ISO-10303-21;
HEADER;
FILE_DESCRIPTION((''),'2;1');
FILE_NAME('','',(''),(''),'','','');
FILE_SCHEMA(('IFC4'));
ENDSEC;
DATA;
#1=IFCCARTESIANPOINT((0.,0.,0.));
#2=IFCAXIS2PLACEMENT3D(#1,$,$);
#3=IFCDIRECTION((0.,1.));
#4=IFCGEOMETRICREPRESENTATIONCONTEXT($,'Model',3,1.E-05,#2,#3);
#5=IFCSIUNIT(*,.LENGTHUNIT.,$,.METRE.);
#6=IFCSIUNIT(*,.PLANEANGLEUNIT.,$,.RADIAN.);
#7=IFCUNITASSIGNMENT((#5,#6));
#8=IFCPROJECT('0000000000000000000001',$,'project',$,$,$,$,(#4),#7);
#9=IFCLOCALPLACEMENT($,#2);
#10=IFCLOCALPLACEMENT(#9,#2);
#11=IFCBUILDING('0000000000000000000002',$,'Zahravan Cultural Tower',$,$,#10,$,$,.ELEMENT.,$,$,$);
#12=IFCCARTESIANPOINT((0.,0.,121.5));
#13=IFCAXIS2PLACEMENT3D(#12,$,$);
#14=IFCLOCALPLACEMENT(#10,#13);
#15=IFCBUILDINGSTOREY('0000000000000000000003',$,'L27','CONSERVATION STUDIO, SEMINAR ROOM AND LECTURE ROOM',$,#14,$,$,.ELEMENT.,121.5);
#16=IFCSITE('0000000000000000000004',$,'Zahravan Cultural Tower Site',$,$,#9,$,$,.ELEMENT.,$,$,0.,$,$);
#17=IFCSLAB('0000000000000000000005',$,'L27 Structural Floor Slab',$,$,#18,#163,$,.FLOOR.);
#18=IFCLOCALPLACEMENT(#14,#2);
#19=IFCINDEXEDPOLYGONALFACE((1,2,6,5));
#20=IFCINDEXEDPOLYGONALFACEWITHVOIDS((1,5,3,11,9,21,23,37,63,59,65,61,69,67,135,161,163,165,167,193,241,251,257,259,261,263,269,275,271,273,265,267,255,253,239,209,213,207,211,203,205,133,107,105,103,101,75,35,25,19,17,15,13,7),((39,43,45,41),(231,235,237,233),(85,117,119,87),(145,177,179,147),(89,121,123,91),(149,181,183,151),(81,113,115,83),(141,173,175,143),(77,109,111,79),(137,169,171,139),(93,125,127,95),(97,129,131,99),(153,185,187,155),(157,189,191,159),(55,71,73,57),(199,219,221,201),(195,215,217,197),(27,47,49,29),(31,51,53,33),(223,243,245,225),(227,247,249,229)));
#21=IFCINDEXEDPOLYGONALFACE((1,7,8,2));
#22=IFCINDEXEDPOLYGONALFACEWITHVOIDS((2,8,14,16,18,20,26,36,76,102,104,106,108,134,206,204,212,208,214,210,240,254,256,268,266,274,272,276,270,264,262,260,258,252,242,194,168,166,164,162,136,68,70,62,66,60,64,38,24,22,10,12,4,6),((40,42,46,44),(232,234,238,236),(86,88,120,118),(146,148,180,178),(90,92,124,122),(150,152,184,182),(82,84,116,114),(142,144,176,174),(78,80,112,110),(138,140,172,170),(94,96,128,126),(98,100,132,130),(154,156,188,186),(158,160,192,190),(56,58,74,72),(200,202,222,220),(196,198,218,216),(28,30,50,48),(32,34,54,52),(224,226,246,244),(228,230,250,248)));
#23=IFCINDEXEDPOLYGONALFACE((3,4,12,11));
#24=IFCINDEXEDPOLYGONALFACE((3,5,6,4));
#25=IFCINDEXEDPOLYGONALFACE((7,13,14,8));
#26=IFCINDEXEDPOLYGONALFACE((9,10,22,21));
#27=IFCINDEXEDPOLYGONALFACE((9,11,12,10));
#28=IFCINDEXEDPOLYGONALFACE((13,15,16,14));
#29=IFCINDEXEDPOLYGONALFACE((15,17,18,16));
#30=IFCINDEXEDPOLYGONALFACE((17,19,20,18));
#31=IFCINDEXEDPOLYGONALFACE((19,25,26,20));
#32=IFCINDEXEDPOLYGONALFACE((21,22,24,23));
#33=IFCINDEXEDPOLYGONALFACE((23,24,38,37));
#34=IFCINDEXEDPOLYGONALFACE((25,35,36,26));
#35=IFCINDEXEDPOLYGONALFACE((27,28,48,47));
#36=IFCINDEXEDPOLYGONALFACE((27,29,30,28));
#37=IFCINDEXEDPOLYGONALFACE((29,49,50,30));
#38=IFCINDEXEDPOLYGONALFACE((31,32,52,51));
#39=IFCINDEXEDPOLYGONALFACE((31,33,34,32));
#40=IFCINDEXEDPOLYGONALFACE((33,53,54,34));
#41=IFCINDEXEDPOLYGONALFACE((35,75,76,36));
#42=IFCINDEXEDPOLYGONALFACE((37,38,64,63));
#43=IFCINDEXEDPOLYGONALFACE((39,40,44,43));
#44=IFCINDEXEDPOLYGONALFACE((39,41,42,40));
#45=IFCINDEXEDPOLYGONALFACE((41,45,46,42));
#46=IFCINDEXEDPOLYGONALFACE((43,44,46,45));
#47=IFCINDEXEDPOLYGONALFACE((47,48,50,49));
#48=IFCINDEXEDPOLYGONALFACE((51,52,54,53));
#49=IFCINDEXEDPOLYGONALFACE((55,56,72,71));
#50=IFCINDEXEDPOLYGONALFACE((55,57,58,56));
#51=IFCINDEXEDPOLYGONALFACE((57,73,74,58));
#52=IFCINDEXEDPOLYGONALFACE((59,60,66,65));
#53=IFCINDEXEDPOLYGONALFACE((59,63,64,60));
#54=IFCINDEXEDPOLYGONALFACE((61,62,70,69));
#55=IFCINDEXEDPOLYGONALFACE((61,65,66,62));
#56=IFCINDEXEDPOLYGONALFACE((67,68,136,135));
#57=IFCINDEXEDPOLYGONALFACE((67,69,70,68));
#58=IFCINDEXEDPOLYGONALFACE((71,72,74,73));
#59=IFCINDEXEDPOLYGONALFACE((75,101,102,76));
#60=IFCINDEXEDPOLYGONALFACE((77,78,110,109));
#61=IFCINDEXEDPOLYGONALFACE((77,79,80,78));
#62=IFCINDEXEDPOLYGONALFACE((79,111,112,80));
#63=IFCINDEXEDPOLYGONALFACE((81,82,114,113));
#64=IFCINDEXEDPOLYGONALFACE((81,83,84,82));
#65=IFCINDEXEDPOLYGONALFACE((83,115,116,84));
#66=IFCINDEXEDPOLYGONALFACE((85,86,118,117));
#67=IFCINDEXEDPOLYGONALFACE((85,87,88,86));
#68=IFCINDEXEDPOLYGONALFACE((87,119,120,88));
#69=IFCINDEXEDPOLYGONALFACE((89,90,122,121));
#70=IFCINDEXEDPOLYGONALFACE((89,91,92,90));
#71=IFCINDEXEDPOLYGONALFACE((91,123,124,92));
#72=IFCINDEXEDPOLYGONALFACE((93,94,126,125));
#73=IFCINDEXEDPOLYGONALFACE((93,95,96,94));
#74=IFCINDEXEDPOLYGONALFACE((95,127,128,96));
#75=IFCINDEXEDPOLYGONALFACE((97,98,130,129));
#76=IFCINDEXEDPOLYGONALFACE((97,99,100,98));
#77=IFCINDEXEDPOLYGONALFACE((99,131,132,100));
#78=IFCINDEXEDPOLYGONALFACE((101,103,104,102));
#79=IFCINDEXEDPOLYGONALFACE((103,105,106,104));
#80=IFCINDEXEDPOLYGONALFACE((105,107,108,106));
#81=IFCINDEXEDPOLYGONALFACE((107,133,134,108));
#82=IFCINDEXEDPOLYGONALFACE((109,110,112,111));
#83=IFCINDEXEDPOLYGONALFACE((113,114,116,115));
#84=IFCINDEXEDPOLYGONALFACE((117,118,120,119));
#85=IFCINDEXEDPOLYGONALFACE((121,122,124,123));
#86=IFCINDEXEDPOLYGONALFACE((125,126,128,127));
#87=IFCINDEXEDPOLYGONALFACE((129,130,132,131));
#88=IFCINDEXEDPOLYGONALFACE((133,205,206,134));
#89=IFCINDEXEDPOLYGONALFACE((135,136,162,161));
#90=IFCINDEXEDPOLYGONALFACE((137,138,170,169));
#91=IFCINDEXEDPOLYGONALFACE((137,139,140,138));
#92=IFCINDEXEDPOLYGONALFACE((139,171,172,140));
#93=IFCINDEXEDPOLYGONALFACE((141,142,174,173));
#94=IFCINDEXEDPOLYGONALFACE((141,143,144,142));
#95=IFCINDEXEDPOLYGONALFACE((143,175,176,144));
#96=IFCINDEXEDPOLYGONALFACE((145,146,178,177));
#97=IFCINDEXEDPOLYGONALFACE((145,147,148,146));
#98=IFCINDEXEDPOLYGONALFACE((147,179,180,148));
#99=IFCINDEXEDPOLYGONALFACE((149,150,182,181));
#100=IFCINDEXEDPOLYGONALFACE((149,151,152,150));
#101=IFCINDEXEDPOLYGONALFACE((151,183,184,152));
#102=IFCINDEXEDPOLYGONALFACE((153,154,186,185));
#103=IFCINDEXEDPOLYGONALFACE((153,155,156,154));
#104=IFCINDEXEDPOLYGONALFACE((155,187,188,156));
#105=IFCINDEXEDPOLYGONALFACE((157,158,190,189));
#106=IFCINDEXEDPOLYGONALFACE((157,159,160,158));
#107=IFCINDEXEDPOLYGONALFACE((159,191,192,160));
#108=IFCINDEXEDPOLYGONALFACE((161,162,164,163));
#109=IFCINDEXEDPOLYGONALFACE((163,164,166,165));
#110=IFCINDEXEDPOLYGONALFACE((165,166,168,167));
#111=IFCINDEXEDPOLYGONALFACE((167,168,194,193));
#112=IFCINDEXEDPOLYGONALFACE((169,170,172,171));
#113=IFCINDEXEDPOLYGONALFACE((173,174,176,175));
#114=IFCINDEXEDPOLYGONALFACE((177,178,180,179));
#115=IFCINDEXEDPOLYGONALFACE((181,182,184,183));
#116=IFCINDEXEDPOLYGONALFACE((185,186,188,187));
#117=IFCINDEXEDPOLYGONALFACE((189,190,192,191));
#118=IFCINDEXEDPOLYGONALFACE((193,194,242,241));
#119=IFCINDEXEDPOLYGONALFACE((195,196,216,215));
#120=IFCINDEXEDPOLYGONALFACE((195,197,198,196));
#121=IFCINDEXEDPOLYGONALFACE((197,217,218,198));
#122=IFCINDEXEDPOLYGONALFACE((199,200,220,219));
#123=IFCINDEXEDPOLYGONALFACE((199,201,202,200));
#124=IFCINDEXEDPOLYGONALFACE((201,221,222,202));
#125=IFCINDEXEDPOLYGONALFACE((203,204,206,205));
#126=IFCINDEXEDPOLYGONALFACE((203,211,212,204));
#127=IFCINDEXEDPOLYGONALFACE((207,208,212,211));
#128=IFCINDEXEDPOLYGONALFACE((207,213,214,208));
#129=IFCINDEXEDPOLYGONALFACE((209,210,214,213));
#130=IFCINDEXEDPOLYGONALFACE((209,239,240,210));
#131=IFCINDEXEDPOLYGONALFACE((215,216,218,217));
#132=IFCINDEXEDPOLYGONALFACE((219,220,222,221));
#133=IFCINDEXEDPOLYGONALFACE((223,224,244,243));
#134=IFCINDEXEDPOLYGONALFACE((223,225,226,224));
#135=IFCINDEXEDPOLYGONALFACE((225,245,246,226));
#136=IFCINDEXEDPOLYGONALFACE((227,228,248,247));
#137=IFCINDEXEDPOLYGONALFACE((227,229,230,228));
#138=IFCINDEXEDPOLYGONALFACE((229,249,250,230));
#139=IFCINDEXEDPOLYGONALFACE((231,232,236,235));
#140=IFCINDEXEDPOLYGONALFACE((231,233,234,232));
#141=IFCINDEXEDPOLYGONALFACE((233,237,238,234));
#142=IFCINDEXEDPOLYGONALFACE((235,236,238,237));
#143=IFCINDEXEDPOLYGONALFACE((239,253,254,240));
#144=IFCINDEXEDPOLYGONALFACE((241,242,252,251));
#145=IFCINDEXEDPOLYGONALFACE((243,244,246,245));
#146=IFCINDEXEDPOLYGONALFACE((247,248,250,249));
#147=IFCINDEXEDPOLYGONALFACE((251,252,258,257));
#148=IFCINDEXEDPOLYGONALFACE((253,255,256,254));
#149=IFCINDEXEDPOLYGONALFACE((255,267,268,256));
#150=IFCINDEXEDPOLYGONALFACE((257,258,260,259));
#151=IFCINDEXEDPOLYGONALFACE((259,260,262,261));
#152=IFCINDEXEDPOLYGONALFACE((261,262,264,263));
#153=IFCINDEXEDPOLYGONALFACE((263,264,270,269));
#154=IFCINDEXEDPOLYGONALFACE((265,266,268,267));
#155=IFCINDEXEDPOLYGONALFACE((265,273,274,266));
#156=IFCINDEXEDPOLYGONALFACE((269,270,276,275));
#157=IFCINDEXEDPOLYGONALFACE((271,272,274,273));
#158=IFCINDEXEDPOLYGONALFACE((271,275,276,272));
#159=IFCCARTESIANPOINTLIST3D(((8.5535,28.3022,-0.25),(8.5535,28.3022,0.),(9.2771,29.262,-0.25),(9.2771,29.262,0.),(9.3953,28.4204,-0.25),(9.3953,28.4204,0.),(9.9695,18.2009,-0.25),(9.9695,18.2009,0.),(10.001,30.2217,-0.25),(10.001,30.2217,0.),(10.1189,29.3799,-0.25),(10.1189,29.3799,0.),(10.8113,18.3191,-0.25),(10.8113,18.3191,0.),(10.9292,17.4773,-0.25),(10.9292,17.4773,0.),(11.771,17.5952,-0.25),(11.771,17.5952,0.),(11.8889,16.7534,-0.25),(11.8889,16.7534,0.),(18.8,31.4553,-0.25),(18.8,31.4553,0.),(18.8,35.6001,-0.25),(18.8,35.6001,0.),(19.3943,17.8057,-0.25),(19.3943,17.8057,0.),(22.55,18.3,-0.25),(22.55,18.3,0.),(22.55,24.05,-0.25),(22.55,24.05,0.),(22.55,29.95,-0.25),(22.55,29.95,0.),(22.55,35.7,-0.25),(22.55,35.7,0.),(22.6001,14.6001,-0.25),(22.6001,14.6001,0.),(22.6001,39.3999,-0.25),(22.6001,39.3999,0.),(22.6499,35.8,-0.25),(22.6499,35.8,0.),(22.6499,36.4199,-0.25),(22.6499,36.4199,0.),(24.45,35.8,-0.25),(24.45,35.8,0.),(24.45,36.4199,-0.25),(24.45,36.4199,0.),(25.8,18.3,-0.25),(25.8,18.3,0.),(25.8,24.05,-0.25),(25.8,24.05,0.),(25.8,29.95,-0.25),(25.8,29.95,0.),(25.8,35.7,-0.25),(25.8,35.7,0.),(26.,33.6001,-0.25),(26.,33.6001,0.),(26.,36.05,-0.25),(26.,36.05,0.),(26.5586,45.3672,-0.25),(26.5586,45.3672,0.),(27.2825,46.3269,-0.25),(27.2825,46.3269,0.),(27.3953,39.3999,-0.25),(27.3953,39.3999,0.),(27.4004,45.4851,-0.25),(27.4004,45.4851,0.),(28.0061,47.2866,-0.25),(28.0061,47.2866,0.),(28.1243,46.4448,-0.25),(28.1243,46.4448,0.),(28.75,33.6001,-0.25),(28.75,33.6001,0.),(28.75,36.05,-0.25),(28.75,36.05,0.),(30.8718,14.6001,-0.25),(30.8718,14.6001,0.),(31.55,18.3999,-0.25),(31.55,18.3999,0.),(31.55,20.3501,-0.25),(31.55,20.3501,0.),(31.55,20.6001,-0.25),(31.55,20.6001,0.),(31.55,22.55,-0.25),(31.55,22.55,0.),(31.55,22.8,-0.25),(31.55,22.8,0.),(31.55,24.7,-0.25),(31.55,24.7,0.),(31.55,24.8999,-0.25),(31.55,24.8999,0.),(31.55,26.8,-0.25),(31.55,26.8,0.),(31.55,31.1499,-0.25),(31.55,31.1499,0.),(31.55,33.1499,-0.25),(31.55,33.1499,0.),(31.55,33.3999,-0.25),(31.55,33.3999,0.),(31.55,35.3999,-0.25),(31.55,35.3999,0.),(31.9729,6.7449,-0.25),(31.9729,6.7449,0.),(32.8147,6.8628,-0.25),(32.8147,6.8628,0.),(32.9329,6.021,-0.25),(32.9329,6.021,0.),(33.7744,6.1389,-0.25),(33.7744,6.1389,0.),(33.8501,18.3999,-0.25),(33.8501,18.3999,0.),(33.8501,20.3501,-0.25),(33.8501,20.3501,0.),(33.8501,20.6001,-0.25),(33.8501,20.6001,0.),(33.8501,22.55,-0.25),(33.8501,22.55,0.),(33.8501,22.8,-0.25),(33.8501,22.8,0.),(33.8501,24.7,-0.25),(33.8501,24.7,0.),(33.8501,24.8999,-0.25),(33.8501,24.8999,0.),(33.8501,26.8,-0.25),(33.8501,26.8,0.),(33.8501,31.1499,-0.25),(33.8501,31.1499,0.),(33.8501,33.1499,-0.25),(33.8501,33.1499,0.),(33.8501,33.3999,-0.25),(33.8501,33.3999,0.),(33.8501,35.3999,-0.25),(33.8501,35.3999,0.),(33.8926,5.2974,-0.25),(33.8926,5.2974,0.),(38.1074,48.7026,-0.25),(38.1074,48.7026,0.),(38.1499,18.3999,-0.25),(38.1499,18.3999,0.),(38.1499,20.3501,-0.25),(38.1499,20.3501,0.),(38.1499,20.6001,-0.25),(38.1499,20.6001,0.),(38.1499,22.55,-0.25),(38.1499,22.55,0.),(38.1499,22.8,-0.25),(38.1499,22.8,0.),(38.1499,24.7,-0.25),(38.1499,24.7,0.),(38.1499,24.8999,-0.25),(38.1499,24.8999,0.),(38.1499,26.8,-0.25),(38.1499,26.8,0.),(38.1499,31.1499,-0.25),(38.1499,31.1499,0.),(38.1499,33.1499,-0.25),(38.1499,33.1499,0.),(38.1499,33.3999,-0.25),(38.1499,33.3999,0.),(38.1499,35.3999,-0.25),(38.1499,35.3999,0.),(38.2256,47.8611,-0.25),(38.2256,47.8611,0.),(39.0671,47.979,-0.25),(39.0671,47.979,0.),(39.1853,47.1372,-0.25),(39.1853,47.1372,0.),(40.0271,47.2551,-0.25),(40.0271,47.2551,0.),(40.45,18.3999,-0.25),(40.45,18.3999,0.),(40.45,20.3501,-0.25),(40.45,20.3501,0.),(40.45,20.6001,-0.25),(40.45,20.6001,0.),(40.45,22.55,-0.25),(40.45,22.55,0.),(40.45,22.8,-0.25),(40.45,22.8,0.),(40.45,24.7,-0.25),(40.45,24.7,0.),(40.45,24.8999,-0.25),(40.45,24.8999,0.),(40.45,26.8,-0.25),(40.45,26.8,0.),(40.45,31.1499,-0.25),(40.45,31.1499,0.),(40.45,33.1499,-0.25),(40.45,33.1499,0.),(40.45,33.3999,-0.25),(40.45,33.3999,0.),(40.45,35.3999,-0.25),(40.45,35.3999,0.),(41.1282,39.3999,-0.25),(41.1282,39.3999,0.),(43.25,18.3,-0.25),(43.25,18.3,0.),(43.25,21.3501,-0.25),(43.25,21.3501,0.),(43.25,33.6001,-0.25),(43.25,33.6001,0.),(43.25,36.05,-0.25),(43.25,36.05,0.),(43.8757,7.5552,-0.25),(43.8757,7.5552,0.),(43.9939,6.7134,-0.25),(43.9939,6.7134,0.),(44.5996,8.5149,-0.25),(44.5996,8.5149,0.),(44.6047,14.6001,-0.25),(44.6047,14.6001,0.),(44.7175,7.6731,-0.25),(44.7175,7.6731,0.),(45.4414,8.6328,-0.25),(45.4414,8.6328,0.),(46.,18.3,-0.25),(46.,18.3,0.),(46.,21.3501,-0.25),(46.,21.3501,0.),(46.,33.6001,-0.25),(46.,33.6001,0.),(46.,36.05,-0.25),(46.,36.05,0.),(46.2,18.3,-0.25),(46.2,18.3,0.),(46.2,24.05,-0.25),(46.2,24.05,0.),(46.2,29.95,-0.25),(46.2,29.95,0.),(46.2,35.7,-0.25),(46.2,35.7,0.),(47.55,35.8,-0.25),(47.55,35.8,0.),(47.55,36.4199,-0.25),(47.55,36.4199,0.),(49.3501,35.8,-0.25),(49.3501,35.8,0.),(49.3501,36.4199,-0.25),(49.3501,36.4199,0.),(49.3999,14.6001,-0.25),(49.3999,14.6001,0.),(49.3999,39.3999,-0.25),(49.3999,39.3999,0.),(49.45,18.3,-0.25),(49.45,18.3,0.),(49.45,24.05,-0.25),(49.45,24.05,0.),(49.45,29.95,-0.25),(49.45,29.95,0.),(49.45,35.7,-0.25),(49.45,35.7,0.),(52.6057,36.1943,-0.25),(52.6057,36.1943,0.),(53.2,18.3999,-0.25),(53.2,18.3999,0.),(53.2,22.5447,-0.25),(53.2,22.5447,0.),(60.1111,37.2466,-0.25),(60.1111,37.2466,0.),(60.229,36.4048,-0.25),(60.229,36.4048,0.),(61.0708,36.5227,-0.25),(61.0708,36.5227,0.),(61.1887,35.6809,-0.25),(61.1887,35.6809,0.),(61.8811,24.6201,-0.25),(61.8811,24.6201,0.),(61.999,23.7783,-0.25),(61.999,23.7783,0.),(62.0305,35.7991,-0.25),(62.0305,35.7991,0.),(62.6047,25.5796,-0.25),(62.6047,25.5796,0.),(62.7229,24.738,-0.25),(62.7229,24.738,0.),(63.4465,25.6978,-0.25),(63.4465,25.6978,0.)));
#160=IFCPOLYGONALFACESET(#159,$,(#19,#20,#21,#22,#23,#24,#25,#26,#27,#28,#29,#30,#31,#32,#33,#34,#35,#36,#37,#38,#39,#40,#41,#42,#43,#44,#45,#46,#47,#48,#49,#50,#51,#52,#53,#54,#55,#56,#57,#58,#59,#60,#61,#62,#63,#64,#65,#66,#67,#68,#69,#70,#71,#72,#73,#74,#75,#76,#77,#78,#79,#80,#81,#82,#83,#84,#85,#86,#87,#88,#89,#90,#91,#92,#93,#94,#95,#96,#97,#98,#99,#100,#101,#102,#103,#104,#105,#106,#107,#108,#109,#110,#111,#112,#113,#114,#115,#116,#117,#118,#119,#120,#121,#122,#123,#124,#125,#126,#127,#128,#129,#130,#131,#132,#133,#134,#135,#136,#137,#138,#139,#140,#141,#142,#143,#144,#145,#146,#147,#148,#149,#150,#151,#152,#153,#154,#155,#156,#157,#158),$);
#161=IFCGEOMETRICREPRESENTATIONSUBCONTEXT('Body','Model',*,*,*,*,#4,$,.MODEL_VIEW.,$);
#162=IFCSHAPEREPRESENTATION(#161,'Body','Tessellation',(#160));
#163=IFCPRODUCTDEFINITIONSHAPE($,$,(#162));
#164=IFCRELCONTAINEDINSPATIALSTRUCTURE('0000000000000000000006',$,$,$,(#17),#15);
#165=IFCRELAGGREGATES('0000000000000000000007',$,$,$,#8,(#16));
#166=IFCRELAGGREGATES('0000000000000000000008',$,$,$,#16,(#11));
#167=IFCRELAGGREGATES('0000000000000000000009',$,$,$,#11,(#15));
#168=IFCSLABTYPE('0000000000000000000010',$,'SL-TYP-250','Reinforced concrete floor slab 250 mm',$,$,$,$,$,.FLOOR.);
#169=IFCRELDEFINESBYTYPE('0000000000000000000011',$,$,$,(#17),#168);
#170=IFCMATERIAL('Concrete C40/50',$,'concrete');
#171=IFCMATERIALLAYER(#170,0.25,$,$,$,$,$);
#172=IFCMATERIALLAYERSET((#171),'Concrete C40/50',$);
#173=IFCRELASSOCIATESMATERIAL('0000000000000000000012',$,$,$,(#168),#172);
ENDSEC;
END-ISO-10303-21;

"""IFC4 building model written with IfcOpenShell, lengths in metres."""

from ifc_helpers import new_model, si_unit, direction, frame, origin, place, context, subcontext, project, spatial, polyline, outline, extrude, material, layer, layer_set, type_object, element, save


model = new_model("IFC4")

# Units and contexts
model_context = context("Model", 3, precision=1e-05, world=origin(), true_north=direction((0.0, 1.0)))
body_context = subcontext(model_context, "Body", "Model", "MODEL_VIEW")
ifc_project = project(units=[si_unit("LENGTHUNIT", "METRE"), si_unit("PLANEANGLEUNIT", "RADIAN")], contexts=[model_context])

# Site, building, storey
site_placement = place(None, origin())
site = spatial("IfcSite", under=ifc_project, at=site_placement, Name="Zahravan Cultural Tower Site", CompositionType="ELEMENT", RefElevation=0.0)
building_placement = place(site_placement, origin())
building = spatial("IfcBuilding", under=site, at=building_placement, Name="Zahravan Cultural Tower", CompositionType="ELEMENT")
storey_placement = place(building_placement, frame((0.0, 0.0, 121.5)))
storey = spatial("IfcBuildingStorey", under=building, at=storey_placement, Name="L27", Description="CONSERVATION STUDIO, SEMINAR ROOM AND LECTURE ROOM", CompositionType="ELEMENT", Elevation=121.5)

# Slab
ifc_material_1 = material(Name="Concrete C40/50", Category="concrete")
ifc_layer_1 = layer(ifc_material_1, 0.25)
ifc_layer_set_1 = layer_set([ifc_layer_1], Name="Concrete C40/50")
slab_type_1 = type_object("IfcSlabType", Name="SL-TYP-250", Description="Reinforced concrete floor slab 250 mm", PredefinedType="FLOOR", material=ifc_layer_set_1)
slab_1_placement = place(storey_placement, frame((0.0, 0.0, -0.25)))
element("IfcSlab", 1, at=slab_1_placement, inside=storey, type_object=slab_type_1, Name="L27 Structural Floor Slab", PredefinedType="FLOOR", context=body_context, shape_type="SweptSolid", body=[
    extrude(outline(polyline([(52.6057, 36.1943), (49.3999, 39.3999), (41.1282, 39.3999), (40.0271, 47.2551), (39.1853, 47.1372), (39.0671, 47.979), (38.2256, 47.8611), (38.1074, 48.7026), (28.0061, 47.2866), (28.1243, 46.4448), (27.2825, 46.3269), (27.4004, 45.4851), (26.5586, 45.3672), (27.3953, 39.3999), (22.6001, 39.3999), (18.8, 35.6001), (18.8, 31.4553), (10.001, 30.2217), (10.1189, 29.3799), (9.2771, 29.262), (9.3953, 28.4204), (8.5535, 28.3022), (9.9695, 18.2009), (10.8113, 18.3191), (10.9292, 17.4773), (11.771, 17.5952), (11.8889, 16.7534), (19.3943, 17.8057), (22.6001, 14.6001), (30.8718, 14.6001), (31.9729, 6.7449), (32.8147, 6.8628), (32.9329, 6.021), (33.7744, 6.1389), (33.8926, 5.2974), (43.9939, 6.7134), (43.8757, 7.5552), (44.7175, 7.6731), (44.5996, 8.5149), (45.4414, 8.6328), (44.6047, 14.6001), (49.3999, 14.6001), (53.2, 18.3999), (53.2, 22.5447), (61.999, 23.7783), (61.8811, 24.6201), (62.7229, 24.738), (62.6047, 25.5796), (63.4465, 25.6978), (62.0305, 35.7991), (61.1887, 35.6809), (61.0708, 36.5227), (60.229, 36.4048), (60.1111, 37.2466), (52.6057, 36.1943)]), holes=[polyline([(22.55, 29.95), (22.55, 35.7), (25.8, 35.7), (25.8, 29.95), (22.55, 29.95)]), polyline([(22.55, 18.3), (22.55, 24.05), (25.8, 24.05), (25.8, 18.3), (22.55, 18.3)]), polyline([(46.2, 29.95), (46.2, 35.7), (49.45, 35.7), (49.45, 29.95), (46.2, 29.95)]), polyline([(46.2, 18.3), (46.2, 24.05), (49.45, 24.05), (49.45, 18.3), (46.2, 18.3)]), polyline([(26.0, 33.6001), (26.0, 36.05), (28.75, 36.05), (28.75, 33.6001), (26.0, 33.6001)]), polyline([(43.25, 33.6001), (43.25, 36.05), (46.0, 36.05), (46.0, 33.6001), (43.25, 33.6001)]), polyline([(43.25, 18.3), (43.25, 21.3501), (46.0, 21.3501), (46.0, 18.3), (43.25, 18.3)]), polyline([(31.55, 33.3999), (31.55, 35.3999), (33.8501, 35.3999), (33.8501, 33.3999), (31.55, 33.3999)]), polyline([(31.55, 31.1499), (31.55, 33.1499), (33.8501, 33.1499), (33.8501, 31.1499), (31.55, 31.1499)]), polyline([(38.1499, 33.3999), (38.1499, 35.3999), (40.45, 35.3999), (40.45, 33.3999), (38.1499, 33.3999)]), polyline([(38.1499, 31.1499), (38.1499, 33.1499), (40.45, 33.1499), (40.45, 31.1499), (38.1499, 31.1499)]), polyline([(31.55, 20.6001), (31.55, 22.55), (33.8501, 22.55), (33.8501, 20.6001), (31.55, 20.6001)]), polyline([(31.55, 18.3999), (31.55, 20.3501), (33.8501, 20.3501), (33.8501, 18.3999), (31.55, 18.3999)]), polyline([(38.1499, 20.6001), (38.1499, 22.55), (40.45, 22.55), (40.45, 20.6001), (38.1499, 20.6001)]), polyline([(38.1499, 18.3999), (38.1499, 20.3501), (40.45, 20.3501), (40.45, 18.3999), (38.1499, 18.3999)]), polyline([(31.55, 24.8999), (31.55, 26.8), (33.8501, 26.8), (33.8501, 24.8999), (31.55, 24.8999)]), polyline([(31.55, 22.8), (31.55, 24.7), (33.8501, 24.7), (33.8501, 22.8), (31.55, 22.8)]), polyline([(38.1499, 24.8999), (38.1499, 26.8), (40.45, 26.8), (40.45, 24.8999), (38.1499, 24.8999)]), polyline([(38.1499, 22.8), (38.1499, 24.7), (40.45, 24.7), (40.45, 22.8), (38.1499, 22.8)]), polyline([(22.6499, 35.8), (22.6499, 36.4199), (24.45, 36.4199), (24.45, 35.8), (22.6499, 35.8)]), polyline([(47.55, 35.8), (47.55, 36.4199), (49.3501, 36.4199), (49.3501, 35.8), (47.55, 35.8)])]), origin(), (0.0, 0.0, 1.0), 0.25),
])

save(model, "model.ifc")
